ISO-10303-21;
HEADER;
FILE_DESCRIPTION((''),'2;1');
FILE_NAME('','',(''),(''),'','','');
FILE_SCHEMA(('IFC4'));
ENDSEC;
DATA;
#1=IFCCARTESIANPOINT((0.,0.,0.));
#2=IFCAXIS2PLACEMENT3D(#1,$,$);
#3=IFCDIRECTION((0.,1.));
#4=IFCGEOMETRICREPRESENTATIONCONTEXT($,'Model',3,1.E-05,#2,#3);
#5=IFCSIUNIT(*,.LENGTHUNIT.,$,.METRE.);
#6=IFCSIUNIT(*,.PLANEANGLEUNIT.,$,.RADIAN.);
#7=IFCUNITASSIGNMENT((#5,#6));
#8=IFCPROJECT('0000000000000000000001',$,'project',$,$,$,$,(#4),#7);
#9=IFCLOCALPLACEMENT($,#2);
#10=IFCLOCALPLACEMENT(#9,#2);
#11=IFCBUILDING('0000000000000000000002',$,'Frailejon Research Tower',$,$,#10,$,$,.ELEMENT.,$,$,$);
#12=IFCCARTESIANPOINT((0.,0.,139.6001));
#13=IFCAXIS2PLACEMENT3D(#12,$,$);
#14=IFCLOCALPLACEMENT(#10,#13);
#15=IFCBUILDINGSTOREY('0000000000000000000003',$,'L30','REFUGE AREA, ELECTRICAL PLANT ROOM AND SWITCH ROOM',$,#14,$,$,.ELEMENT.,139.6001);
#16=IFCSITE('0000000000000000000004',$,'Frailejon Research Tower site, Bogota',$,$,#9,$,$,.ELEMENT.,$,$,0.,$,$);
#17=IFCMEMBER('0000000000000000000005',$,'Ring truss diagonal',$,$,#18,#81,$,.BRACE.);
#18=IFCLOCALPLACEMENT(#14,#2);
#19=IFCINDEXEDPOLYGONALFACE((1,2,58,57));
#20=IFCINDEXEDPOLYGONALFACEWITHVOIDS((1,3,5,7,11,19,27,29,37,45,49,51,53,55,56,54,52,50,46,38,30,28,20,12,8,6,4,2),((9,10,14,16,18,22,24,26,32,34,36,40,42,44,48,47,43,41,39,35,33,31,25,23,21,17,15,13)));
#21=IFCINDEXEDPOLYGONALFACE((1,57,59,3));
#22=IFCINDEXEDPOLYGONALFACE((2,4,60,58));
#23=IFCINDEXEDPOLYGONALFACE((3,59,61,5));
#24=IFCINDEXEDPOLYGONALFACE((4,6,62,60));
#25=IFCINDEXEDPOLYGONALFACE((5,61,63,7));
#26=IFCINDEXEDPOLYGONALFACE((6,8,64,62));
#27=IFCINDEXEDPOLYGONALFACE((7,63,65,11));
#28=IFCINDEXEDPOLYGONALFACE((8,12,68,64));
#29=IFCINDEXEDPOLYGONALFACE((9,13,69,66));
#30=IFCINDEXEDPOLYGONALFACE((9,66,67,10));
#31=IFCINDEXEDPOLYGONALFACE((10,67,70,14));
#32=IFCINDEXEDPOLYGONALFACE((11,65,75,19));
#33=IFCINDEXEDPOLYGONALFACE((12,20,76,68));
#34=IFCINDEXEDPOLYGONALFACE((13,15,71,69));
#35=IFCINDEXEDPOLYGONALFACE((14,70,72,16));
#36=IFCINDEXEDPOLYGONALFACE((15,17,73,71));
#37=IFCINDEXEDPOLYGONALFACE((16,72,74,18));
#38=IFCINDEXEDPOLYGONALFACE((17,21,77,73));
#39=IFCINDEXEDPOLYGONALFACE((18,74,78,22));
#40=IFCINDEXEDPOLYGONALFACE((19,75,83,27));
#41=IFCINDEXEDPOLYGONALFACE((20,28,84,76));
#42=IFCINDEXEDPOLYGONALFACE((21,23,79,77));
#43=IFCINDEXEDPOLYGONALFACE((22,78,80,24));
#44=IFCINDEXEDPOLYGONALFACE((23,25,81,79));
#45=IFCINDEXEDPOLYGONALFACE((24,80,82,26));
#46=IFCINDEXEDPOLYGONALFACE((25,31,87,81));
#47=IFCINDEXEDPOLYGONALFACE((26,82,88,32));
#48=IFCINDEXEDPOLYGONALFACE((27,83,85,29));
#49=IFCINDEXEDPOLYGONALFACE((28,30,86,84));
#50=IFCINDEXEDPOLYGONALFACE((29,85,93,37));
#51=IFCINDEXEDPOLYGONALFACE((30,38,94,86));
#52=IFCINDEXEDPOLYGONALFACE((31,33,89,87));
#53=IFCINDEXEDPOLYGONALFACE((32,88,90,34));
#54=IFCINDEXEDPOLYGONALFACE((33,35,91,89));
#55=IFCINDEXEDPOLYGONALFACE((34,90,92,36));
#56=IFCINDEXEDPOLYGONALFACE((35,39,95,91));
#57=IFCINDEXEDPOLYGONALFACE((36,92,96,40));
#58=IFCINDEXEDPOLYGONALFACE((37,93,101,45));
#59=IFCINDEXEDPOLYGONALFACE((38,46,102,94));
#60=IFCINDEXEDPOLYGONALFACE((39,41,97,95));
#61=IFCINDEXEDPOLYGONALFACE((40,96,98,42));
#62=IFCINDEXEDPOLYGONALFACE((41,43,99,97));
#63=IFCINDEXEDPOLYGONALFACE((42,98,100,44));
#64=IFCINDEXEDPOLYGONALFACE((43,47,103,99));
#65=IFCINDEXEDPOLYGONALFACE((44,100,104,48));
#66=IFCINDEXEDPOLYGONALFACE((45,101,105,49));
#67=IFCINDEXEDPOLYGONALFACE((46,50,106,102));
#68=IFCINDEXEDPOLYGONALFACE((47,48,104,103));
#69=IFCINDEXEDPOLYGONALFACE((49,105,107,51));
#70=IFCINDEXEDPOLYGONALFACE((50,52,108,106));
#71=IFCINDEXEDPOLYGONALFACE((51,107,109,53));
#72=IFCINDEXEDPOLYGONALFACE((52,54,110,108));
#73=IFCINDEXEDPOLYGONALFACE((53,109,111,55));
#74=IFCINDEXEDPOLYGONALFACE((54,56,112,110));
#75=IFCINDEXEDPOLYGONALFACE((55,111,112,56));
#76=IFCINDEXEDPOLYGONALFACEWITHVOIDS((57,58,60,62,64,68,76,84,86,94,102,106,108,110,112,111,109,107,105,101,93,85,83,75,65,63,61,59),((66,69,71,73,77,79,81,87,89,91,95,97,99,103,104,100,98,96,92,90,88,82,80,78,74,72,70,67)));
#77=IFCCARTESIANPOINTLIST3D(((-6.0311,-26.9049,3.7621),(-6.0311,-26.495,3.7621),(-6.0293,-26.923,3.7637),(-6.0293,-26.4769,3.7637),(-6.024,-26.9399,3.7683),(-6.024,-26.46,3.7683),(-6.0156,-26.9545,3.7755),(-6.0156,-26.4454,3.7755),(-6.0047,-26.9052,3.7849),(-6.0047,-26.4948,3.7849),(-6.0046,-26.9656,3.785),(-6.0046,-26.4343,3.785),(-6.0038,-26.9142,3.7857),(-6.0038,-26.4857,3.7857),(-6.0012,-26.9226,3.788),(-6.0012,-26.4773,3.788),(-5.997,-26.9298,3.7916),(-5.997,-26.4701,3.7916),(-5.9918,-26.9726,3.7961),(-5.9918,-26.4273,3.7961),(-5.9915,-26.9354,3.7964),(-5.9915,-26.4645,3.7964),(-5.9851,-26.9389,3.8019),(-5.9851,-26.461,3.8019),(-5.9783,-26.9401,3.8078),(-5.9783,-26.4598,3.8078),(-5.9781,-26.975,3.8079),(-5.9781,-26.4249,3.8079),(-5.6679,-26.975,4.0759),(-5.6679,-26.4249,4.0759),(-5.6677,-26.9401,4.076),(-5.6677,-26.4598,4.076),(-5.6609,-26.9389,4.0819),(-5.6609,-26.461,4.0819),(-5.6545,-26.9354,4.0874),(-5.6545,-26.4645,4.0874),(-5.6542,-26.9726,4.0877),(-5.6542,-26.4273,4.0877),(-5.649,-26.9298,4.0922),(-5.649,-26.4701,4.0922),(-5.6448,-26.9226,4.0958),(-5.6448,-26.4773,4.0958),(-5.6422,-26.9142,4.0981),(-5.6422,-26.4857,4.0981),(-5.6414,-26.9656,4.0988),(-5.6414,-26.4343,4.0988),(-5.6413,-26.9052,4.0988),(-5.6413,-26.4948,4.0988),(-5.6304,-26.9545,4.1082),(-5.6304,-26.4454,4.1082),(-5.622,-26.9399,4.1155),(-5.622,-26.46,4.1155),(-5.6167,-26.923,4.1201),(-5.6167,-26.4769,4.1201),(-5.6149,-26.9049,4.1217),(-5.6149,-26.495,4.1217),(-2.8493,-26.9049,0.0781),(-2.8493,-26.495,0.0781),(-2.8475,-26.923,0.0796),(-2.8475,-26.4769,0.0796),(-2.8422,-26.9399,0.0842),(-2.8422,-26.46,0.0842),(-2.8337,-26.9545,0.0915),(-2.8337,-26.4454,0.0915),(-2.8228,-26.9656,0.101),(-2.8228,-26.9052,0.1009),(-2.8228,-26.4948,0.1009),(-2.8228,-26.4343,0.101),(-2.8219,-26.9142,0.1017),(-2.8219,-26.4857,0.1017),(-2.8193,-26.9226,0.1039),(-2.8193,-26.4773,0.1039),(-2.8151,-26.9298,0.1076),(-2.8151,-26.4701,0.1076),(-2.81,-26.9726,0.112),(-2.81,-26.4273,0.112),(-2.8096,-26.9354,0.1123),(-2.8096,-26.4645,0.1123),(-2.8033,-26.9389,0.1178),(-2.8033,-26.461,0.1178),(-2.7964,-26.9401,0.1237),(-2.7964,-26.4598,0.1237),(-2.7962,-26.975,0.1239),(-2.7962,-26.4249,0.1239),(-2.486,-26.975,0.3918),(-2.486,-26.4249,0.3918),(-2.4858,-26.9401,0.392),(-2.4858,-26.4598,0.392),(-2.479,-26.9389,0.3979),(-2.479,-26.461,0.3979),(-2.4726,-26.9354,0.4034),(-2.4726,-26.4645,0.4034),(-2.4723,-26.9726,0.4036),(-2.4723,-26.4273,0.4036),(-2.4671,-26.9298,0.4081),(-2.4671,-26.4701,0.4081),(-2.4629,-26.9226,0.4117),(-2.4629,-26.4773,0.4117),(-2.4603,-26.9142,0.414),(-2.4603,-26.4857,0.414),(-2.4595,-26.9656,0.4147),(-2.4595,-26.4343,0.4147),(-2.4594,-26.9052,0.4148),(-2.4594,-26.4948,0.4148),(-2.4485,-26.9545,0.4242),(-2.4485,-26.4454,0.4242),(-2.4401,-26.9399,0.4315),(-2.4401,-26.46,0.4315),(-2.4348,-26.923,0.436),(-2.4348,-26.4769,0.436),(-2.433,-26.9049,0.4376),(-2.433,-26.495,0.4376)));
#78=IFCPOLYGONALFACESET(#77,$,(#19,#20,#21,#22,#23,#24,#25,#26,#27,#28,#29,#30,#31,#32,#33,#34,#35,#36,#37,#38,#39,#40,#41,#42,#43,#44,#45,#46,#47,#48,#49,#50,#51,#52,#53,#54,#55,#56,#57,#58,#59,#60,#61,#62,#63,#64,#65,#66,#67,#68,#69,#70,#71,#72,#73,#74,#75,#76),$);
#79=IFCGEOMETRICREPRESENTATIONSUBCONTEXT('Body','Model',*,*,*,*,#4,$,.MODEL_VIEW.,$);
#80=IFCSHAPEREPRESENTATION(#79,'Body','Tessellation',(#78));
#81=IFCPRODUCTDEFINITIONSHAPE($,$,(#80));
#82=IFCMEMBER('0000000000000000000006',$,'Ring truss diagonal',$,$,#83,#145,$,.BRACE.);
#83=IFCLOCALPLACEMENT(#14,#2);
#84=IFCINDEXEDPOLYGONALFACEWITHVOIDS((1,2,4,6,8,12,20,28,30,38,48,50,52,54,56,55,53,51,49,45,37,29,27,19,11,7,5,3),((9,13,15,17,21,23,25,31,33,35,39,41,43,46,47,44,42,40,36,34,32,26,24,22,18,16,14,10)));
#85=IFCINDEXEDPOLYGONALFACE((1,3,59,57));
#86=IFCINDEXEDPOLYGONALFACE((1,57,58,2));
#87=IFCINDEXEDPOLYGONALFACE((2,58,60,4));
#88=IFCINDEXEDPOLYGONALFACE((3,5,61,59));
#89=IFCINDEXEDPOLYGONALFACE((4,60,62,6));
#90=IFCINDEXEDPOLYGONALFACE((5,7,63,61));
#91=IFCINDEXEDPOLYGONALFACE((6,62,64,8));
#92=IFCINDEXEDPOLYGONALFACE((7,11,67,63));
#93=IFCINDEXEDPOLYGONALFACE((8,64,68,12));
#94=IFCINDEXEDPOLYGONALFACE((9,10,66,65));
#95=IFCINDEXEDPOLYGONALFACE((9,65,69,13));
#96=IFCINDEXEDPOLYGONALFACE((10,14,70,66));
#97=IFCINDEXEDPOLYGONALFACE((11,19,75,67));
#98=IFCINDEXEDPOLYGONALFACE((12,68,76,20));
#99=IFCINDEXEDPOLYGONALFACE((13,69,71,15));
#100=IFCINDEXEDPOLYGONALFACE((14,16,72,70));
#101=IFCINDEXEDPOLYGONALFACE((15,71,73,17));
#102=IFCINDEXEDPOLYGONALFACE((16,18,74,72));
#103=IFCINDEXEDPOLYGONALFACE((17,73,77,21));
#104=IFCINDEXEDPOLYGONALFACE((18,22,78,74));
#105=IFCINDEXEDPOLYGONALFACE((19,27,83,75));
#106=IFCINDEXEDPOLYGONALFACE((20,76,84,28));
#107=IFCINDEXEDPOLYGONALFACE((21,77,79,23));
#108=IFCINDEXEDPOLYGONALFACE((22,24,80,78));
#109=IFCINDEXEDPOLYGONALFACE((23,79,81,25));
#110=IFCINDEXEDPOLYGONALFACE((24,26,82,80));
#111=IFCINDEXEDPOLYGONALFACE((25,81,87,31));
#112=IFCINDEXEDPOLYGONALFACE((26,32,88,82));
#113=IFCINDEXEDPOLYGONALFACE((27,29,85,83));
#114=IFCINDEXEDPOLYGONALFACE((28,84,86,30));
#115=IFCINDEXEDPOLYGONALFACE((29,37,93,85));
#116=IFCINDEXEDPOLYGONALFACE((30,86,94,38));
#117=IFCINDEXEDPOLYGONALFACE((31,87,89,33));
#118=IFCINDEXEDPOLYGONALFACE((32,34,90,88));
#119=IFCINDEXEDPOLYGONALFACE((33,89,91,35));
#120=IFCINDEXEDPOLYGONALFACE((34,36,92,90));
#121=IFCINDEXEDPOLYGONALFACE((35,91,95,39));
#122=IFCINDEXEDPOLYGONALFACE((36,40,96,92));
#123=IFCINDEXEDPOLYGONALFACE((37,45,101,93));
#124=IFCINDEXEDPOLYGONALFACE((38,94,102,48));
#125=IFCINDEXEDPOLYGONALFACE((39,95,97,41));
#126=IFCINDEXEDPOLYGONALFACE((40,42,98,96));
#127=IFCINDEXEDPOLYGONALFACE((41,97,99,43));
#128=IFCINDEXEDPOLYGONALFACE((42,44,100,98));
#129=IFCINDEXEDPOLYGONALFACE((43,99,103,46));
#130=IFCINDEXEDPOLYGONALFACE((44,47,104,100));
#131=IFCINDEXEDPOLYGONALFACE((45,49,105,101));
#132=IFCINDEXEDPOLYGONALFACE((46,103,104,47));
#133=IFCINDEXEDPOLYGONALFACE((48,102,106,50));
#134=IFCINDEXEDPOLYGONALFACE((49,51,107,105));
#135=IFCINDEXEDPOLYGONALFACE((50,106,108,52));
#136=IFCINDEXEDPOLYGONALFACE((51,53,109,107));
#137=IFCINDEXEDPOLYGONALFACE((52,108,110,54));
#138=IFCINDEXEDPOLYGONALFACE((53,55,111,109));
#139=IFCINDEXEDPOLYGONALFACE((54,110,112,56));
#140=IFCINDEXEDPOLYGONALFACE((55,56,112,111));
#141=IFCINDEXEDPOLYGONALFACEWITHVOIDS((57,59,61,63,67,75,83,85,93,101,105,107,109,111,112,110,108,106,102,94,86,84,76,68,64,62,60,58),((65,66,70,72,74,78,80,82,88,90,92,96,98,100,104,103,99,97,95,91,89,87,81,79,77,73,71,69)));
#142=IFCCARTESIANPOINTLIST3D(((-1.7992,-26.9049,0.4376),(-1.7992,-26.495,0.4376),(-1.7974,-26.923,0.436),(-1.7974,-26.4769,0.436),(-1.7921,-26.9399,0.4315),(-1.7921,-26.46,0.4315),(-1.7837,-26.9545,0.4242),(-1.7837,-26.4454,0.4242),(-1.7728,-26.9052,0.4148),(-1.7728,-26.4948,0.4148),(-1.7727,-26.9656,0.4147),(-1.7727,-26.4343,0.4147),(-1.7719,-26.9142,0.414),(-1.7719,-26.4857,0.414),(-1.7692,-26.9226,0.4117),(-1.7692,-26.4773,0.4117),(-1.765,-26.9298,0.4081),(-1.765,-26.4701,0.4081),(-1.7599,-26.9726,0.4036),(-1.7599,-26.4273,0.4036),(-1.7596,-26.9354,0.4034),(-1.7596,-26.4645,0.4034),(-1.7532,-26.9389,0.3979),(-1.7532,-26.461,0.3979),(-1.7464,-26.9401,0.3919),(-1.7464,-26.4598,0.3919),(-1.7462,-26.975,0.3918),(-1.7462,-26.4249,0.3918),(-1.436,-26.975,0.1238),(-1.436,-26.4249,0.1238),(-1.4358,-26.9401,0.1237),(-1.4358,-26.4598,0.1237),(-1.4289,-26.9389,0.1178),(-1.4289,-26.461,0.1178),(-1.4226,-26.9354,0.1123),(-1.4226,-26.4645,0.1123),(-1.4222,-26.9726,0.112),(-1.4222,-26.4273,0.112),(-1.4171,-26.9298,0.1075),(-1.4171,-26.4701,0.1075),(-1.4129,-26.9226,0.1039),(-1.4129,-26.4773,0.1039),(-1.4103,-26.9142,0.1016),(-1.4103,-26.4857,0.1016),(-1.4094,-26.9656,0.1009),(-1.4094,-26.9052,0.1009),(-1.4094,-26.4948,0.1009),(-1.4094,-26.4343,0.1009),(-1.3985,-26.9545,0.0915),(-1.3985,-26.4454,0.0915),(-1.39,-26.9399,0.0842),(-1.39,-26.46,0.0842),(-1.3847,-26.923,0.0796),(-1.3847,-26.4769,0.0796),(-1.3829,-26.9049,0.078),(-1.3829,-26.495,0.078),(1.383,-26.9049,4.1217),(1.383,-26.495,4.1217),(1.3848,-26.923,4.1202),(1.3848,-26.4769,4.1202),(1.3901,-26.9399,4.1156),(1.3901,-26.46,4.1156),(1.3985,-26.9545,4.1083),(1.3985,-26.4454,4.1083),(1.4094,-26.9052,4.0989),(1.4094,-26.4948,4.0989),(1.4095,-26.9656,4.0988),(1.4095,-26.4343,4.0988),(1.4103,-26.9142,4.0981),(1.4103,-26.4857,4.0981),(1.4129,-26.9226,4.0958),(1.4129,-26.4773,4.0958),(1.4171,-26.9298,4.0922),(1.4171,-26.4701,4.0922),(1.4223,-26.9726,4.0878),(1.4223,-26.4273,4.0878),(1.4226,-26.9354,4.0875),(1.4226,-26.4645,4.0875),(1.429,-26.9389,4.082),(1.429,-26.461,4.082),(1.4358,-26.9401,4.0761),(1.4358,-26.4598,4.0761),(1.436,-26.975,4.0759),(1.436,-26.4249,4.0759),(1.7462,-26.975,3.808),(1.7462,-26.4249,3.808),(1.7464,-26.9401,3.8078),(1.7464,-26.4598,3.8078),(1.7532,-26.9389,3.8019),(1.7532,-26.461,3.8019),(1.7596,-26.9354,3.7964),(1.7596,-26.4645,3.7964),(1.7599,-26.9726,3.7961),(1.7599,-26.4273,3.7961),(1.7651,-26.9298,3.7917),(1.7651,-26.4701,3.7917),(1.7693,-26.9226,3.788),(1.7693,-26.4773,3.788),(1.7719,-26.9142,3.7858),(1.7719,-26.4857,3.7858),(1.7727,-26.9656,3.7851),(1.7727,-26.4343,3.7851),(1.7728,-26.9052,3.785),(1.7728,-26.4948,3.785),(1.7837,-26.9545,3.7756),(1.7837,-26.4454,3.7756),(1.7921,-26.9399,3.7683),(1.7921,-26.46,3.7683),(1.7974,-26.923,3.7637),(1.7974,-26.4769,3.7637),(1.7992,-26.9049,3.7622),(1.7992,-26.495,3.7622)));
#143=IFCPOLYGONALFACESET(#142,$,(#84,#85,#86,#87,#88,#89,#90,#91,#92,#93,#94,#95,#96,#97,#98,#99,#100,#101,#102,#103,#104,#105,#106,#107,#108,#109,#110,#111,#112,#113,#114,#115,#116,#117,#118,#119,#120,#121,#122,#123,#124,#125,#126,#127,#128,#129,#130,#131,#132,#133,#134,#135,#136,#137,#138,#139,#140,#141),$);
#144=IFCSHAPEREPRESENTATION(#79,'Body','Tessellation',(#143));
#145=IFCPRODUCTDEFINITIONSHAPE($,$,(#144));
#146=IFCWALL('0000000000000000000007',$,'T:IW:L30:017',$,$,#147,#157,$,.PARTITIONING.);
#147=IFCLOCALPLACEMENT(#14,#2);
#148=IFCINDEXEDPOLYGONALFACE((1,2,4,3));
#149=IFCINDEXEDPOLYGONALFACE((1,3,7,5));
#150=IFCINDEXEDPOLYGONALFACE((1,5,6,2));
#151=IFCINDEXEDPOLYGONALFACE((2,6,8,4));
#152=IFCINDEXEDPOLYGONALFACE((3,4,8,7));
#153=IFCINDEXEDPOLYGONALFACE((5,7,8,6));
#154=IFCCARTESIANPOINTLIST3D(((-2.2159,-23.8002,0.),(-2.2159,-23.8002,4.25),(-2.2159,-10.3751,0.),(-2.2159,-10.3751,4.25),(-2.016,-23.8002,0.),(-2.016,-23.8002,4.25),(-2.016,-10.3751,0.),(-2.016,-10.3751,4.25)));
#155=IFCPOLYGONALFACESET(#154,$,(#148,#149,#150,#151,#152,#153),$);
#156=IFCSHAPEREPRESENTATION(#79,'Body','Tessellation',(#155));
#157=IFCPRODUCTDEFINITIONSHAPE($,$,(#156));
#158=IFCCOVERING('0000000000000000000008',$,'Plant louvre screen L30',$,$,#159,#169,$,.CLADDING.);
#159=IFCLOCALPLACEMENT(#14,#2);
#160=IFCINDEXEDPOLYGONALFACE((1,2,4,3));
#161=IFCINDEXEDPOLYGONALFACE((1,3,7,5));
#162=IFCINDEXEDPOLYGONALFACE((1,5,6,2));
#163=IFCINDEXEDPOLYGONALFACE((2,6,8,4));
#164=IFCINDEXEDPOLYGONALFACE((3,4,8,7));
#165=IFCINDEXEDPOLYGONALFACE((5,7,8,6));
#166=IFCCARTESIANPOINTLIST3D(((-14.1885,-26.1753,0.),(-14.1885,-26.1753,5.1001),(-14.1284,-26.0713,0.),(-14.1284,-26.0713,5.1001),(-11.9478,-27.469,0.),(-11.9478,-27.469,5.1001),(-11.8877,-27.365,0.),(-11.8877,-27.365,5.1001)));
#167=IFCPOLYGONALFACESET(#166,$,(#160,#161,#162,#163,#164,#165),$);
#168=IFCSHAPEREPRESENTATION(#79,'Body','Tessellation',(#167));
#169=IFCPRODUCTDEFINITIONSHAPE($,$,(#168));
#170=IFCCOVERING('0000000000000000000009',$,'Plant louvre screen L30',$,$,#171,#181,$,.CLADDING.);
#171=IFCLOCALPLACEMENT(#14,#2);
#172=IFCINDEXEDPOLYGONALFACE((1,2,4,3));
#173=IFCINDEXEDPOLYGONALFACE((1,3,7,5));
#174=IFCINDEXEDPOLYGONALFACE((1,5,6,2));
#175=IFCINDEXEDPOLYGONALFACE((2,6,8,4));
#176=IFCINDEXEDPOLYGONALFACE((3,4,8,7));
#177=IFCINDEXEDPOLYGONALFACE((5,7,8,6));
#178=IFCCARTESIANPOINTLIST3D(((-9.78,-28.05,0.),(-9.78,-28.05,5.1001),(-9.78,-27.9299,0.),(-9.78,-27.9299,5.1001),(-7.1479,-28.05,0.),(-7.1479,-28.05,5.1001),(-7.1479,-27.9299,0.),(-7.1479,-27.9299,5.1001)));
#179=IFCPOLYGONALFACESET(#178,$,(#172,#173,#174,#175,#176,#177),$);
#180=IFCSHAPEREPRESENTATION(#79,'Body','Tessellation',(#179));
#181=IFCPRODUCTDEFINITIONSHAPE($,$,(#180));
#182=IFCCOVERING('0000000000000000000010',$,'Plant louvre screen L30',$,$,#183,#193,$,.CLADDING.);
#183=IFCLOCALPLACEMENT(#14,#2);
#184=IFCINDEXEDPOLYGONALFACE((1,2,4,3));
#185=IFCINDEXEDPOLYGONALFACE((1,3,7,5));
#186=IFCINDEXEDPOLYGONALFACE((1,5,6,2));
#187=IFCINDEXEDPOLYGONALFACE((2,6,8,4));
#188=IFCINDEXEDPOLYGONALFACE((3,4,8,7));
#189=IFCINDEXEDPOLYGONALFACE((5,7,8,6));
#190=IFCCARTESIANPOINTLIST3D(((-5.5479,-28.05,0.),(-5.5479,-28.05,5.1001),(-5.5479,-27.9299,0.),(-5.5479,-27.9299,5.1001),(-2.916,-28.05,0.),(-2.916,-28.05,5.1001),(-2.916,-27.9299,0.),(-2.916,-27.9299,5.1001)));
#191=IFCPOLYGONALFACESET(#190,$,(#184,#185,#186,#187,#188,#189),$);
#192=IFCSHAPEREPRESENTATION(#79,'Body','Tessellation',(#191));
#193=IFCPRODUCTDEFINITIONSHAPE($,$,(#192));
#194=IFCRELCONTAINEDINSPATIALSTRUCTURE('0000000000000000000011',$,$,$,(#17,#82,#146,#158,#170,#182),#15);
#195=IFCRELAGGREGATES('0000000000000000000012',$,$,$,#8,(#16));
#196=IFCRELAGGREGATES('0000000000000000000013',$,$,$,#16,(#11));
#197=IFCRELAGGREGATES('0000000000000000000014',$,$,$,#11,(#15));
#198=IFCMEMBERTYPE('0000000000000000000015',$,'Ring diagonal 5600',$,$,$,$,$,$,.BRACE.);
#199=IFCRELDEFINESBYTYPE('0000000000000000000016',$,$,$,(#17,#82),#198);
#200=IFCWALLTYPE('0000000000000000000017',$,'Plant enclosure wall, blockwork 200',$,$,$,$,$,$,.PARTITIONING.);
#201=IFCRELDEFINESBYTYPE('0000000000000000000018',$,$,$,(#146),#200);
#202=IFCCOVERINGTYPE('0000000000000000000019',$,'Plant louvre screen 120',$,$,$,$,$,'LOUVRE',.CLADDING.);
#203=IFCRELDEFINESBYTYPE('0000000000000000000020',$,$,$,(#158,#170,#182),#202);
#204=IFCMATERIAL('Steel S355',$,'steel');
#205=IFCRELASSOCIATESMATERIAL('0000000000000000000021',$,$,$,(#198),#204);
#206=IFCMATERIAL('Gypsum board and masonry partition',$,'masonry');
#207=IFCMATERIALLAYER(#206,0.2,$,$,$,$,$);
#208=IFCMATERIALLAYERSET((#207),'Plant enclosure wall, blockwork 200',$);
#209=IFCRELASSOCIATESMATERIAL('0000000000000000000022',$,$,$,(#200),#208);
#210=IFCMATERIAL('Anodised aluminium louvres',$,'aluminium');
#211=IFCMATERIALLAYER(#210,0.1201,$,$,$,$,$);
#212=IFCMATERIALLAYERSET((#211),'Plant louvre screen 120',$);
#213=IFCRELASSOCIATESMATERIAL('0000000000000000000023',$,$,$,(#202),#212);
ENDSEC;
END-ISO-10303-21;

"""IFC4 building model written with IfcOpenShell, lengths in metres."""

from ifc_helpers import new_model, si_unit, direction, frame, frame_2d, origin, origin_2d, place, context, subcontext, project, spatial, polyline, rectangle, hollow_rectangle, outline, extrude, material, layer, layer_set, material_profile, profile_set, type_object, element, save


model = new_model("IFC4")

# Units and contexts
model_context = context("Model", 3, precision=1e-05, world=origin(), true_north=direction((0.0, 1.0)))
body_context = subcontext(model_context, "Body", "Model", "MODEL_VIEW")
ifc_project = project(units=[si_unit("LENGTHUNIT", "METRE"), si_unit("PLANEANGLEUNIT", "RADIAN")], contexts=[model_context])

# Site, building, storey
site_placement = place(None, origin())
site = spatial("IfcSite", under=ifc_project, at=site_placement, Name="Frailejon Research Tower site, Bogota", CompositionType="ELEMENT", RefElevation=0.0)
building_placement = place(site_placement, origin())
building = spatial("IfcBuilding", under=site, at=building_placement, Name="Frailejon Research Tower", CompositionType="ELEMENT")
storey_placement = place(building_placement, frame((0.0, 0.0, 139.6001)))
storey = spatial("IfcBuildingStorey", under=building, at=storey_placement, Name="L30", Description="REFUGE AREA, ELECTRICAL PLANT ROOM AND SWITCH ROOM", CompositionType="ELEMENT", Elevation=139.6001)

# Members
ifc_material_1 = material(Name="Steel S355", Category="steel")
ifc_material_profile_1 = material_profile(ifc_material_1, hollow_rectangle(XDim=0.55, YDim=0.55, WallThickness=0.0349, InnerFilletRadius=0.0349, OuterFilletRadius=0.0701, at=origin_2d()), Name="Ring diagonal 5600")
ifc_profile_set_1 = profile_set([ifc_material_profile_1], Name="Steel S355")
member_type = type_object("IfcMemberType", Name="Ring diagonal 5600", PredefinedType="BRACE", material=ifc_profile_set_1)
member_1_placement = place(storey_placement, frame((-5.823, -26.7, 3.9419), z_axis=(0.653641, 0.0, -0.756805), x_axis=(0.0, 1.0, 0.0)))
element("IfcMember", 1, at=member_1_placement, inside=storey, type_object=member_type, Name="Ring truss diagonal", PredefinedType="BRACE", context=body_context, shape_type="SweptSolid", body=[
    extrude(hollow_rectangle(XDim=0.55, YDim=0.55, WallThickness=0.0349, InnerFilletRadius=0.0349, OuterFilletRadius=0.0701, at=origin_2d()), origin(), (0.0, 0.0, 1.0), 4.8679),
])
member_2_placement = place(storey_placement, frame((-1.5911, -26.7, 0.2578), z_axis=(0.653669, 0.0, 0.75678), x_axis=(0.0, 1.0, 0.0)))
element("IfcMember", 2, at=member_2_placement, inside=storey, type_object=member_type, Name="Ring truss diagonal", PredefinedType="BRACE", context=body_context, shape_type="SweptSolid", body=[
    extrude(hollow_rectangle(XDim=0.55, YDim=0.55, WallThickness=0.0349, InnerFilletRadius=0.0349, OuterFilletRadius=0.0701, at=origin_2d()), origin(), (0.0, 0.0, 1.0), 4.8682),
])

# Wall
ifc_material_2 = material(Name="Gypsum board and masonry partition", Category="masonry")
ifc_layer_1 = layer(ifc_material_2, 0.2)
ifc_layer_set_1 = layer_set([ifc_layer_1], Name="Plant enclosure wall, blockwork 200")
wall_type = type_object("IfcWallType", Name="Plant enclosure wall, blockwork 200", PredefinedType="PARTITIONING", material=ifc_layer_set_1)
wall_placement = place(storey_placement, frame((-2.116, -23.8, 0.0), z_axis=(0.0, 0.0, 1.0), x_axis=(0.0, 1.0, 0.0)))
element("IfcWall", 3, at=wall_placement, inside=storey, type_object=wall_type, Name="T:IW:L30:017", PredefinedType="PARTITIONING", context=body_context, shape_type="SweptSolid", body=[
    extrude(rectangle(XDim=13.425, YDim=0.2, at=frame_2d((6.7124, 0.0))), origin(), (0.0, 0.0, 1.0), 4.25),
])

# Coverings
ifc_material_3 = material(Name="Anodised aluminium louvres", Category="aluminium")
ifc_layer_2 = layer(ifc_material_3, 0.1201)
ifc_layer_set_2 = layer_set([ifc_layer_2], Name="Plant louvre screen 120")
covering_type = type_object("IfcCoveringType", Name="Plant louvre screen 120", ElementType="LOUVRE", PredefinedType="CLADDING", material=ifc_layer_set_2)
covering_1_placement = place(storey_placement, frame((-11.9478, -27.469, 0.0), z_axis=(-0.866021, 0.500007, 0.0), x_axis=(-0.500007, -0.866021, 0.0)))
element("IfcCovering", 4, at=covering_1_placement, inside=storey, type_object=covering_type, Name="Plant louvre screen L30", PredefinedType="CLADDING", context=body_context, shape_type="SweptSolid", body=[
    extrude(outline(polyline([(-0.1201, 0.0), (0.0, 0.0), (0.0, 5.1001), (-0.1201, 5.1001), (-0.1201, 0.0)])), origin(), (0.0, 0.0, 1.0), 2.5874),
])
covering_2_placement = place(storey_placement, frame((-7.1479, -28.05, 0.0), z_axis=(-1.0, 0.0, 0.0), x_axis=(0.0, -1.0, 0.0)))
element("IfcCovering", 5, at=covering_2_placement, inside=storey, type_object=covering_type, Name="Plant louvre screen L30", PredefinedType="CLADDING", context=body_context, shape_type="SweptSolid", body=[
    extrude(outline(polyline([(-0.1201, 0.0), (0.0, 0.0), (0.0, 5.1001), (-0.1201, 5.1001), (-0.1201, 0.0)])), origin(), (0.0, 0.0, 1.0), 2.6321),
])
covering_3_placement = place(storey_placement, frame((-2.916, -28.05, 0.0), z_axis=(-1.0, 0.0, 0.0), x_axis=(0.0, -1.0, 0.0)))
element("IfcCovering", 6, at=covering_3_placement, inside=storey, type_object=covering_type, Name="Plant louvre screen L30", PredefinedType="CLADDING", context=body_context, shape_type="SweptSolid", body=[
    extrude(outline(polyline([(-0.1201, 0.0), (0.0, 0.0), (0.0, 5.1001), (-0.1201, 5.1001), (-0.1201, 0.0)])), origin(), (0.0, 0.0, 1.0), 2.6318),
])

save(model, "model.ifc")
